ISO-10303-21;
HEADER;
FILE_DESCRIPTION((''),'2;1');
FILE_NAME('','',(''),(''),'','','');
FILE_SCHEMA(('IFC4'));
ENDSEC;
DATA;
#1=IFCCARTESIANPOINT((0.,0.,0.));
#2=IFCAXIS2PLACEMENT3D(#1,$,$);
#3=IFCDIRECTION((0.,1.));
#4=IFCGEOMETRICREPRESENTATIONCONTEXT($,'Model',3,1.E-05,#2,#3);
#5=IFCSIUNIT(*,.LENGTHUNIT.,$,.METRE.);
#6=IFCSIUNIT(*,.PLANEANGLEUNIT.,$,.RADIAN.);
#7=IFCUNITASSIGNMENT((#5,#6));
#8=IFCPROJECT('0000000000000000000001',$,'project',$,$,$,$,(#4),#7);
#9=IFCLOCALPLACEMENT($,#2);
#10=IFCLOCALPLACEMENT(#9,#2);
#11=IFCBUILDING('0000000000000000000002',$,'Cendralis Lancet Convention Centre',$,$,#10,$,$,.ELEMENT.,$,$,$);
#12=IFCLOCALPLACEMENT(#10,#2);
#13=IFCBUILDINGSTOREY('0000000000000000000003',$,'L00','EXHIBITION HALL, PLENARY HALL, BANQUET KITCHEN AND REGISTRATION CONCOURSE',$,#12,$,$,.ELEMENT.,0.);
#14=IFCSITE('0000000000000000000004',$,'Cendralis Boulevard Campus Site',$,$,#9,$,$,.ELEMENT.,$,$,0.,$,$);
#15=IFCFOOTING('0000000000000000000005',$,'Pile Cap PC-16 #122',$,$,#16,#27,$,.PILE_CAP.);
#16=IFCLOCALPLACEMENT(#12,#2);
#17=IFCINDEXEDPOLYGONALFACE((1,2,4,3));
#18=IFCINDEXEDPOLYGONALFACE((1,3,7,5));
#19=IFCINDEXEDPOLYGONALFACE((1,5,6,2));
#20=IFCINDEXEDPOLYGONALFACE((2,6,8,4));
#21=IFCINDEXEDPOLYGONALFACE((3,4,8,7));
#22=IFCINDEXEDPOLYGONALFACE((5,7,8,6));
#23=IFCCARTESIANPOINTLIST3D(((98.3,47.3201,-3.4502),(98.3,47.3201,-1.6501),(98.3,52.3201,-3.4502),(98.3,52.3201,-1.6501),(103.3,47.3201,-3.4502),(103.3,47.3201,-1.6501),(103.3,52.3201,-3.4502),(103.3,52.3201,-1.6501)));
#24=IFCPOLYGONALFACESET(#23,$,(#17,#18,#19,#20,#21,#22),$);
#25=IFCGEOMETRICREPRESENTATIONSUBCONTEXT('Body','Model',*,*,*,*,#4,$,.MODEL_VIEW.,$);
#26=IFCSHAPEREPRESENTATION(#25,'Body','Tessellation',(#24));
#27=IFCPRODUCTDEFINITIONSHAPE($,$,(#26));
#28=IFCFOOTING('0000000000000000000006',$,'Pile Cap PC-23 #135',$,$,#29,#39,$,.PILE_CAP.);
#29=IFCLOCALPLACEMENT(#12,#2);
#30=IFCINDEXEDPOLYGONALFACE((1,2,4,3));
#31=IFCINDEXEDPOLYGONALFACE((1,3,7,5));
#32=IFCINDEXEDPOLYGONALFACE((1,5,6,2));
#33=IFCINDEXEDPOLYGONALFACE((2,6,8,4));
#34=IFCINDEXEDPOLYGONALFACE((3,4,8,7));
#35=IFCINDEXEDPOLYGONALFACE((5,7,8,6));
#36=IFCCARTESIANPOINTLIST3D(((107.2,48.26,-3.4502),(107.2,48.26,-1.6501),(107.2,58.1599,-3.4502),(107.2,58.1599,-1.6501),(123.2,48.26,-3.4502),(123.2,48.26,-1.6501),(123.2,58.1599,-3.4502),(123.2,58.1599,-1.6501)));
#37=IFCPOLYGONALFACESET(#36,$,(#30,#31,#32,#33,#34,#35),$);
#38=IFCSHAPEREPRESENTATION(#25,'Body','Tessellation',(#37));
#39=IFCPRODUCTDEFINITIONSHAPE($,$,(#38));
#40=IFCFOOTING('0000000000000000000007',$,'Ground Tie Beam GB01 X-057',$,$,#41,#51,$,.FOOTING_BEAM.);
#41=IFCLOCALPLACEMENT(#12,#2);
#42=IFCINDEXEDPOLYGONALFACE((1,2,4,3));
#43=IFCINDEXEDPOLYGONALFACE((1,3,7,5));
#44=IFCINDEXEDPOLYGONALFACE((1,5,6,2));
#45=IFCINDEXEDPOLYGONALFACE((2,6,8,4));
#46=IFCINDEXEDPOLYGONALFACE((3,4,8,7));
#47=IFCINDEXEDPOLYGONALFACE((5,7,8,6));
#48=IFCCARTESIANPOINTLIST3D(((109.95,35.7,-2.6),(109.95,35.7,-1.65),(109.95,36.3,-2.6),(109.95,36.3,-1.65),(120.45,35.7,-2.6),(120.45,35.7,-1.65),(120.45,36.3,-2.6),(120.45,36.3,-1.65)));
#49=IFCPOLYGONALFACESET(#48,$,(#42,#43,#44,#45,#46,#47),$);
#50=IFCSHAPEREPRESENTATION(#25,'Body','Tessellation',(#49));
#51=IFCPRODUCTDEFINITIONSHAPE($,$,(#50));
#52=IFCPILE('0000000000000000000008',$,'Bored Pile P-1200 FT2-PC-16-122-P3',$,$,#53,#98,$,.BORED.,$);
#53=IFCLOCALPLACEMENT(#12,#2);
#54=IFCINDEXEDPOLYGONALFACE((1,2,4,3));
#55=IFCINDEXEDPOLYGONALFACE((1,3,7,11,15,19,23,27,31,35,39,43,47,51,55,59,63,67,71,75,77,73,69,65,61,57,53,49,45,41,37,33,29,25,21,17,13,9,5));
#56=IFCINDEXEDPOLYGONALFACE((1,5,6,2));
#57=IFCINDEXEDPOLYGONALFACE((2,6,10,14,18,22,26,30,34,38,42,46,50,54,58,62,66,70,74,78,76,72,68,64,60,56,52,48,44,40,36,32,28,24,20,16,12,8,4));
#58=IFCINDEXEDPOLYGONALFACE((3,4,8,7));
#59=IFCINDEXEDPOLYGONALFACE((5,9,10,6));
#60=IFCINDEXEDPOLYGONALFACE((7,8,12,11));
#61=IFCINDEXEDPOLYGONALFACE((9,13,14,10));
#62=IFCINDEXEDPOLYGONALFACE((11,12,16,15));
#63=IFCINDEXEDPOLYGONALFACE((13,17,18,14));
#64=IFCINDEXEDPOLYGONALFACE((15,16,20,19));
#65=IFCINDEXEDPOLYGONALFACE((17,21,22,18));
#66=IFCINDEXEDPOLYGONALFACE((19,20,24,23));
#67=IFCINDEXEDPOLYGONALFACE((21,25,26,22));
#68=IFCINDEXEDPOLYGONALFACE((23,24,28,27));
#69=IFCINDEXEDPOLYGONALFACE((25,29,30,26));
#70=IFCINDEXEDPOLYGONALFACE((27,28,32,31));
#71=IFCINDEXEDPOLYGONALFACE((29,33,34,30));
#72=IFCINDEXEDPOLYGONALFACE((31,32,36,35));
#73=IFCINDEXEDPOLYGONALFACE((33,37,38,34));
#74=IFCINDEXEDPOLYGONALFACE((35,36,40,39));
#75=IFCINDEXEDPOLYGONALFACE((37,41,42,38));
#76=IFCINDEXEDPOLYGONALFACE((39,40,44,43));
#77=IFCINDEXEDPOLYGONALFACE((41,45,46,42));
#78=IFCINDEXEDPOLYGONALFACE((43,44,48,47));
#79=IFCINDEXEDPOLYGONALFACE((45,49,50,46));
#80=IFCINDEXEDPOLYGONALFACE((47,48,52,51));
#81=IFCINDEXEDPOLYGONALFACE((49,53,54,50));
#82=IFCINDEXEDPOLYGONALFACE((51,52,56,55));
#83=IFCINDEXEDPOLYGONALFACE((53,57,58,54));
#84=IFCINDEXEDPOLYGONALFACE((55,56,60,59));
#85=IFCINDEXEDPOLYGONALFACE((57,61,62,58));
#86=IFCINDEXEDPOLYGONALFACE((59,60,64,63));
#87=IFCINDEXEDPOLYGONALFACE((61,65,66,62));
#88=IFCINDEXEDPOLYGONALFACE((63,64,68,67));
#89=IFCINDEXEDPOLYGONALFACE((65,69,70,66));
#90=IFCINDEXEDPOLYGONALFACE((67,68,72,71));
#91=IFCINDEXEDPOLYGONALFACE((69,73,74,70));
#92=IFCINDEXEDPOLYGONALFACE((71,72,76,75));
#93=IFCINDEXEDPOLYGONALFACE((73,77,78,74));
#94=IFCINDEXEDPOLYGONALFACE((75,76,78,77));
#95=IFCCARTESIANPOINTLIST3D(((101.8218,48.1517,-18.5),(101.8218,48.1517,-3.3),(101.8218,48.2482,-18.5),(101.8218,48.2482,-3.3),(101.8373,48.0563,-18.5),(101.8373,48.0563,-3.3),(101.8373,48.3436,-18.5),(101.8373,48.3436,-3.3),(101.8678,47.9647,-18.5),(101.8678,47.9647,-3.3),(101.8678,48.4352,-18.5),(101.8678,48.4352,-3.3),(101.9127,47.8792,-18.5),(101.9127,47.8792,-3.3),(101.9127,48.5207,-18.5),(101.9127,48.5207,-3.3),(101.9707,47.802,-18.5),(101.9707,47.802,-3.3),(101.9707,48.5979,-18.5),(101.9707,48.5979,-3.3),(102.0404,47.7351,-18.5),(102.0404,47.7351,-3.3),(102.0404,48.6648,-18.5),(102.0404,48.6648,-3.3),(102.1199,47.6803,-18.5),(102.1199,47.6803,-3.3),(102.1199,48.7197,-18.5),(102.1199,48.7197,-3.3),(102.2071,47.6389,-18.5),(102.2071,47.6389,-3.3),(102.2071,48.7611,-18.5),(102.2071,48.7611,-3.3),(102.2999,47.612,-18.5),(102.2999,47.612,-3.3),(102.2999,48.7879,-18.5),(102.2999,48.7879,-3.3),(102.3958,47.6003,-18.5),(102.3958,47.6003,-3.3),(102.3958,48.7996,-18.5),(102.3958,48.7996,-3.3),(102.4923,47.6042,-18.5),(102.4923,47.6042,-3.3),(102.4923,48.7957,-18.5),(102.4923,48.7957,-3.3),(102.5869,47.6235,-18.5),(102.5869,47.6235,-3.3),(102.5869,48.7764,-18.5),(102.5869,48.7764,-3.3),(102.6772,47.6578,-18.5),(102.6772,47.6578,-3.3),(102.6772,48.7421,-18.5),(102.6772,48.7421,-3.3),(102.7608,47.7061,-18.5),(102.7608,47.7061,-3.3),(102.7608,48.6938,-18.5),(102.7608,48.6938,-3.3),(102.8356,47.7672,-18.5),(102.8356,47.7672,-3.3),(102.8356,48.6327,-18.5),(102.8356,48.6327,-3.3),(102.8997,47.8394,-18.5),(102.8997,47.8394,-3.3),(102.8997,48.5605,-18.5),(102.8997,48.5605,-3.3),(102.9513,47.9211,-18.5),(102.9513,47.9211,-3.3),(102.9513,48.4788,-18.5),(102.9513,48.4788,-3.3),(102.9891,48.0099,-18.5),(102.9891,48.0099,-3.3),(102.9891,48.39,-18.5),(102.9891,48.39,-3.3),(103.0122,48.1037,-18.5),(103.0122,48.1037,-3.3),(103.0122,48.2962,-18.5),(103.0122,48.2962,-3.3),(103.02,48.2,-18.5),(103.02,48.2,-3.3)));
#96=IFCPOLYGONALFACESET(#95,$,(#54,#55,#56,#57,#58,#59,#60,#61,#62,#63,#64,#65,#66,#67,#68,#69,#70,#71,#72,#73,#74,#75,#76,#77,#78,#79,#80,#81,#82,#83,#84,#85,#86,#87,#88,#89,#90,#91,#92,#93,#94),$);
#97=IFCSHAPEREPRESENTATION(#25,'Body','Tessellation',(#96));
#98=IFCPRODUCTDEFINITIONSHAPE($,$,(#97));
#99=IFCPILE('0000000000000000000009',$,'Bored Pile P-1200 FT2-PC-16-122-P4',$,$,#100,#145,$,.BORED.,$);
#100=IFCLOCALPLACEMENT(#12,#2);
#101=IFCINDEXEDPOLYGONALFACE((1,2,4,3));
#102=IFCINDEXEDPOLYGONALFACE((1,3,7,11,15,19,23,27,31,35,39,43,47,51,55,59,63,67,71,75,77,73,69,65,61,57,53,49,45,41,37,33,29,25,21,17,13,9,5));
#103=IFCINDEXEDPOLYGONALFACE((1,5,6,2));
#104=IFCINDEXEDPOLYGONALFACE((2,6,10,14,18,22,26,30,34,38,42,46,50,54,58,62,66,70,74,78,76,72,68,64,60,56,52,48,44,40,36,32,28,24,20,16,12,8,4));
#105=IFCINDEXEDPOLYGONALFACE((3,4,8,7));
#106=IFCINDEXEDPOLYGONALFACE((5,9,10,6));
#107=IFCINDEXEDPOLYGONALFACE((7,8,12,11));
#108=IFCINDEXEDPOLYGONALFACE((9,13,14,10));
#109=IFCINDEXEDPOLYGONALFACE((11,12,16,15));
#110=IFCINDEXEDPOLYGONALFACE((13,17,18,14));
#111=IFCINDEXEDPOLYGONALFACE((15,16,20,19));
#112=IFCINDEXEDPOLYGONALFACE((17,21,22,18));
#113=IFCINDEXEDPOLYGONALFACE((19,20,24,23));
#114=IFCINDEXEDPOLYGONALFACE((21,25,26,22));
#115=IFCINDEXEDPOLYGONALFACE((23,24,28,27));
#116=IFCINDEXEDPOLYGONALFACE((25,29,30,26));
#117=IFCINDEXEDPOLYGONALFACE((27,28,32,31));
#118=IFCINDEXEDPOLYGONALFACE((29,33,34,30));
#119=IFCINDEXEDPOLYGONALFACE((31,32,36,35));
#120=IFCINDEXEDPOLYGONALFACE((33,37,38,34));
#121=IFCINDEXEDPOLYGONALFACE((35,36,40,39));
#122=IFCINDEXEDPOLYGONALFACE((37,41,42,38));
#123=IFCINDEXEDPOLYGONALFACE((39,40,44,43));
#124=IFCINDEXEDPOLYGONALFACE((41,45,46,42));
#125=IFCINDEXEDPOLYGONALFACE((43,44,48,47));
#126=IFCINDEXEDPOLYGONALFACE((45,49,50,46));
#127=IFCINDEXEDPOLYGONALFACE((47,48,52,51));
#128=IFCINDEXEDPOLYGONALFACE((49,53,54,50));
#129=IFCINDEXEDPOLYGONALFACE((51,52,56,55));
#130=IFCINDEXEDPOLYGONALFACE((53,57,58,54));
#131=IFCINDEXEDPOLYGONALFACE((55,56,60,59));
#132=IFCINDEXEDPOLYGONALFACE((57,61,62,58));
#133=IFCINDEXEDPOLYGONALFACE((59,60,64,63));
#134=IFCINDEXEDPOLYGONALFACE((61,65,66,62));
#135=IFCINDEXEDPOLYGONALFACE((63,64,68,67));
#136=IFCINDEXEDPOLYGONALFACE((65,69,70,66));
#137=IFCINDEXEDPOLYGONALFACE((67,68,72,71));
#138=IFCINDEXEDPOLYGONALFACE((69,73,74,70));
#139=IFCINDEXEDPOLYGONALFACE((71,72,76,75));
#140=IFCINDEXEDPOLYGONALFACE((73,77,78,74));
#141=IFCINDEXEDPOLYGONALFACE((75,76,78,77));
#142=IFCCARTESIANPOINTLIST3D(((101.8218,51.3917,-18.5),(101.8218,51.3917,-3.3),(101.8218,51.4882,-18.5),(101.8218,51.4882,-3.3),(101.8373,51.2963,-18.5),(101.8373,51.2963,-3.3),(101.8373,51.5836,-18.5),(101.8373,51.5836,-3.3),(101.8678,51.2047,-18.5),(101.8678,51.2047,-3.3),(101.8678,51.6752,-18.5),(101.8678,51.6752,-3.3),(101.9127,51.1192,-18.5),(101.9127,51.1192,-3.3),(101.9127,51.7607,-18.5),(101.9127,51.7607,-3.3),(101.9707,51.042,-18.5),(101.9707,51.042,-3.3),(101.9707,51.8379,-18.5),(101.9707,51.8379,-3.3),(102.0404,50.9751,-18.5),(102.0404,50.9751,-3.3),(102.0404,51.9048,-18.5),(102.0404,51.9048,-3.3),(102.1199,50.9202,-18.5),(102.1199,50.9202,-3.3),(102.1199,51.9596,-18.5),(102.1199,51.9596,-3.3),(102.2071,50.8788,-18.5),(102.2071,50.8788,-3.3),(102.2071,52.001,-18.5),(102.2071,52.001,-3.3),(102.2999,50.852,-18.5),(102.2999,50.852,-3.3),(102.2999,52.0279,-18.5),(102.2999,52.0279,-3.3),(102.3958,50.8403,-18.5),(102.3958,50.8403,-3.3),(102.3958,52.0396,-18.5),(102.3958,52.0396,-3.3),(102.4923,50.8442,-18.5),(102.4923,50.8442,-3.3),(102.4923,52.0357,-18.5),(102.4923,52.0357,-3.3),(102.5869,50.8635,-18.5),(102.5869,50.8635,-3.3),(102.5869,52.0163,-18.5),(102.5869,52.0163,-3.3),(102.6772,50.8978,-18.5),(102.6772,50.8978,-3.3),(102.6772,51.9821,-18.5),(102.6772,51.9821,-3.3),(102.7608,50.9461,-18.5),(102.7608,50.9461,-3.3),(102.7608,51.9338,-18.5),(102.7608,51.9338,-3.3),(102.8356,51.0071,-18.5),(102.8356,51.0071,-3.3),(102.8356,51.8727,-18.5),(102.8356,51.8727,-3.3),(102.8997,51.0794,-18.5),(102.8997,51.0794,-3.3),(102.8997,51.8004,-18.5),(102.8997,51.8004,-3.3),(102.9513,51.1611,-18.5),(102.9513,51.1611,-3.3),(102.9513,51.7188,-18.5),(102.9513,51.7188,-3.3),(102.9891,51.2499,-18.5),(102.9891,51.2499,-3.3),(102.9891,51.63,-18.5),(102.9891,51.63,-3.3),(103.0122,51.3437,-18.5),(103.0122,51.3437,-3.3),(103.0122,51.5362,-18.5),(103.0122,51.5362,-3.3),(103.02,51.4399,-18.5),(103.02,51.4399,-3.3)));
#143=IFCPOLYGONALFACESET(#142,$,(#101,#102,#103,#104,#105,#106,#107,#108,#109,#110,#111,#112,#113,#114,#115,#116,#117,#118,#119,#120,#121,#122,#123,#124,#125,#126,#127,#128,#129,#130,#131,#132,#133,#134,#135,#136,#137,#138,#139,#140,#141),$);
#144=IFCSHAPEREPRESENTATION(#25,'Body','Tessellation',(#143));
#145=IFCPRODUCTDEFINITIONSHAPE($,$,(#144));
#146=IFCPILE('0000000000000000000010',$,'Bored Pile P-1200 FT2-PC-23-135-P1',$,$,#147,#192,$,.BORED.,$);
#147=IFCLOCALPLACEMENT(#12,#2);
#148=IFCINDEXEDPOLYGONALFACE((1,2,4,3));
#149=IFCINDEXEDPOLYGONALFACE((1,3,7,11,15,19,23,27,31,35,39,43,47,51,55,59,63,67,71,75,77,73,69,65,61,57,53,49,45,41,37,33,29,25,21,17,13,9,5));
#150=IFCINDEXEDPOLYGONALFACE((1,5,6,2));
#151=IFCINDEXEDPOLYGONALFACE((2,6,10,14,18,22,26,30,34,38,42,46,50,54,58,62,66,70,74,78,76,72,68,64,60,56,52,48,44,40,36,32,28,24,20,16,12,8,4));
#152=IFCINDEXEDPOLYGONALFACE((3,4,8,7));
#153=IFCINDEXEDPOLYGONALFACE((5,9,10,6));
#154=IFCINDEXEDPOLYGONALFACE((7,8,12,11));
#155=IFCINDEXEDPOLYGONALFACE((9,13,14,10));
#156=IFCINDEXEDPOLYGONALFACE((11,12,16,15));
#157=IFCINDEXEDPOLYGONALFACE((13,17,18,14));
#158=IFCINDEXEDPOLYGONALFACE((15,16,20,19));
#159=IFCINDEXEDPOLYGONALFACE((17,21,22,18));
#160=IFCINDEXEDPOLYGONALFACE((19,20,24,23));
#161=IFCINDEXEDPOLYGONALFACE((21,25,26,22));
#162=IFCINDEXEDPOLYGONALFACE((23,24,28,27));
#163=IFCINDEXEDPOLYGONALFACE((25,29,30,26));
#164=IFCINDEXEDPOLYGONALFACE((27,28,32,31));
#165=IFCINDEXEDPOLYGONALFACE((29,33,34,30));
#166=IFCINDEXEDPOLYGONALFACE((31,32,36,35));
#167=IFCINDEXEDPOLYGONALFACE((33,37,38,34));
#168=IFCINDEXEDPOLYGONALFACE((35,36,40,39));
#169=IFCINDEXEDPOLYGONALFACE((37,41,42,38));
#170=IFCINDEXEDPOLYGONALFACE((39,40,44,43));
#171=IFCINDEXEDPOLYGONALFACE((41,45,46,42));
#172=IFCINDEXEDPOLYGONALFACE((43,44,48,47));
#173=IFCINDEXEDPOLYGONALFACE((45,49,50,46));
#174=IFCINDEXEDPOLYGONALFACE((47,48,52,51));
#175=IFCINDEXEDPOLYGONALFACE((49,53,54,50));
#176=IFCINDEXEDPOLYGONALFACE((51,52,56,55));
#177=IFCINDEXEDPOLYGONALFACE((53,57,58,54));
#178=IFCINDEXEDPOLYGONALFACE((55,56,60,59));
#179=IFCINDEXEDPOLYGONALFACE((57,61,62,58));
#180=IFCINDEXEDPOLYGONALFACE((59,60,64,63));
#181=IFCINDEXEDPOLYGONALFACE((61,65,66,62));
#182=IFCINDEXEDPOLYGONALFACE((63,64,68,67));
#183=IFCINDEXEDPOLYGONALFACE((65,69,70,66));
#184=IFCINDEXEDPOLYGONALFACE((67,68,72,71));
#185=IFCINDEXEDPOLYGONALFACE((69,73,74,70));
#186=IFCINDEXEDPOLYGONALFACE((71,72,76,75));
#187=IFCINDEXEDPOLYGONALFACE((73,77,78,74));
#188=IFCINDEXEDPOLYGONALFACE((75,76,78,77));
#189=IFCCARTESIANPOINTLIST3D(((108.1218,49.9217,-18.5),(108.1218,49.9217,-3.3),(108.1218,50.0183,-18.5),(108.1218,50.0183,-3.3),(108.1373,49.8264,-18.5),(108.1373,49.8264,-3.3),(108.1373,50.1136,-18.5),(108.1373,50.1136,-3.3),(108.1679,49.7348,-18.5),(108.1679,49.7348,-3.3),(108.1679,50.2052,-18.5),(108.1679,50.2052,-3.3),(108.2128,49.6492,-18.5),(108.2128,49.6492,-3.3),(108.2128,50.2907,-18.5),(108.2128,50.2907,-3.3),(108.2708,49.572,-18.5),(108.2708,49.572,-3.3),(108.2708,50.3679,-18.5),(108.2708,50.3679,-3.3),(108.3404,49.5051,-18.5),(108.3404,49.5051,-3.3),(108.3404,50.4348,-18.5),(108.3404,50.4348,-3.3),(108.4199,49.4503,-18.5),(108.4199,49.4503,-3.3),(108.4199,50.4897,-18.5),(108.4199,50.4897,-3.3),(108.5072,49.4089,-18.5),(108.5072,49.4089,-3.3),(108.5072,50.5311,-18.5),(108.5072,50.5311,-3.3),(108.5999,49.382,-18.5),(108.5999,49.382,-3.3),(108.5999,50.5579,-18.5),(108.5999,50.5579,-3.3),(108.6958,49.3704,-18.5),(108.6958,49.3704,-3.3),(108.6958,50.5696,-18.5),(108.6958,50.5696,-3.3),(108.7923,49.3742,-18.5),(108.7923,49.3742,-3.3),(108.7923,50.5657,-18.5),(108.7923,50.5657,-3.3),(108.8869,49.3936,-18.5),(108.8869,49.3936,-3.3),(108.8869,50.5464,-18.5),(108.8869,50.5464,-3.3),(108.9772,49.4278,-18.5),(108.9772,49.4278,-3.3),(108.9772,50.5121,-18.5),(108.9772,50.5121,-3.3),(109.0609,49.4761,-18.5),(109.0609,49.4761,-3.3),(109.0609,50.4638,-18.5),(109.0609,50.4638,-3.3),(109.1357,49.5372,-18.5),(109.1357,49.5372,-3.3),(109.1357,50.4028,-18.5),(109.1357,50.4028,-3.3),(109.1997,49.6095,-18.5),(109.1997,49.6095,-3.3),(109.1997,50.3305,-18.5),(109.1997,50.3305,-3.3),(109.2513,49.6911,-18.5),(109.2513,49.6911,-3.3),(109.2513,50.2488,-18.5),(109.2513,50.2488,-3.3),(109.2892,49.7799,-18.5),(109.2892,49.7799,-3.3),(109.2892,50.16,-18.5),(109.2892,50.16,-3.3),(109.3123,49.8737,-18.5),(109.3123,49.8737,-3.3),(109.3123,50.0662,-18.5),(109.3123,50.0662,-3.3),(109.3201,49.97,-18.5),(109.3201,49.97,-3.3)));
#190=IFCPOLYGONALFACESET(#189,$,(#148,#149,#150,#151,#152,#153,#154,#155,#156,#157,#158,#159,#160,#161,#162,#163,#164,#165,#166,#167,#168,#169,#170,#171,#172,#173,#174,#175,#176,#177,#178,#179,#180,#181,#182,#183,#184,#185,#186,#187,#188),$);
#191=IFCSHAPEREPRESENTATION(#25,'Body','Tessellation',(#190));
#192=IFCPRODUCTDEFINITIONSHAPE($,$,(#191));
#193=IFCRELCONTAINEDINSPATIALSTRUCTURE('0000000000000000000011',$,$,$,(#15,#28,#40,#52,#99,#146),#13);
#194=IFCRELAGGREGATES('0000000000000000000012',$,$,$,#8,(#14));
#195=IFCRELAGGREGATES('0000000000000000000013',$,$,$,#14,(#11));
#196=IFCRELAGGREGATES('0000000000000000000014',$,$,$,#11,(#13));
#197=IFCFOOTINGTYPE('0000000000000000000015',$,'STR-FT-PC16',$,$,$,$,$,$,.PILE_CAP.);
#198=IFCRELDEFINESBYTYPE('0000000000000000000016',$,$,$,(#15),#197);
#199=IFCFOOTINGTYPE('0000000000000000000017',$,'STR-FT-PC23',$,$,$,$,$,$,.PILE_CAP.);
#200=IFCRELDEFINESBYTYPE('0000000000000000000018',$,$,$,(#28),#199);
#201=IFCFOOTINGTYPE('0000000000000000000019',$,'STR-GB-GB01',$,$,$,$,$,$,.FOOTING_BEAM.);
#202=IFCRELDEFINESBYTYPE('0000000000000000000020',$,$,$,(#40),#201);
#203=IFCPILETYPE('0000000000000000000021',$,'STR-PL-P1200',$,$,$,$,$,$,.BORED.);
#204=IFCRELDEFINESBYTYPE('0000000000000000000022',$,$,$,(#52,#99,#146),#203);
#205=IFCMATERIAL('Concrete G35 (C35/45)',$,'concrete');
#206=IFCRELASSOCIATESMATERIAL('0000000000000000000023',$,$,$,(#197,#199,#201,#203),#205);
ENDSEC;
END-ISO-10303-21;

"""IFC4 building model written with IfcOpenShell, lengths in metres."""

from ifc_helpers import new_model, si_unit, direction, frame, origin, origin_2d, place, context, subcontext, project, spatial, rectangle, circle, extrude, material, material_profile, profile_set, type_object, element, save


model = new_model("IFC4")

# Units and contexts
model_context = context("Model", 3, precision=1e-05, world=origin(), true_north=direction((0.0, 1.0)))
body_context = subcontext(model_context, "Body", "Model", "MODEL_VIEW")
ifc_project = project(units=[si_unit("LENGTHUNIT", "METRE"), si_unit("PLANEANGLEUNIT", "RADIAN")], contexts=[model_context])

# Site, building, storey
site_placement = place(None, origin())
site = spatial("IfcSite", under=ifc_project, at=site_placement, Name="Cendralis Boulevard Campus Site", CompositionType="ELEMENT", RefElevation=0.0)
building_placement = place(site_placement, origin())
building = spatial("IfcBuilding", under=site, at=building_placement, Name="Cendralis Lancet Convention Centre", CompositionType="ELEMENT")
storey_placement = place(building_placement, origin())
storey = spatial("IfcBuildingStorey", under=building, at=storey_placement, Name="L00", Description="EXHIBITION HALL, PLENARY HALL, BANQUET KITCHEN AND REGISTRATION CONCOURSE", CompositionType="ELEMENT", Elevation=0.0)

# Footings
ifc_material_1 = material(Name="Concrete G35 (C35/45)", Category="concrete")
footing_type_1 = type_object("IfcFootingType", Name="STR-FT-PC16", PredefinedType="PILE_CAP", material=ifc_material_1)
footing_1_placement = place(storey_placement, frame((100.8, 49.8201, -3.4502), z_axis=(0.0, 0.0, 1.0), x_axis=(1.0, 0.0, 0.0)))
element("IfcFooting", 1, at=footing_1_placement, inside=storey, type_object=footing_type_1, Name="Pile Cap PC-16 #122", PredefinedType="PILE_CAP", context=body_context, shape_type="SweptSolid", body=[
    extrude(rectangle(XDim=5.0, YDim=5.0, at=origin_2d()), origin(), (0.0, 0.0, 1.0), 1.8),
])
footing_type_2 = type_object("IfcFootingType", Name="STR-FT-PC23", PredefinedType="PILE_CAP", material=ifc_material_1)
footing_2_placement = place(storey_placement, frame((115.2, 53.21, -3.4502), z_axis=(0.0, 0.0, 1.0), x_axis=(1.0, 0.0, 0.0)))
element("IfcFooting", 2, at=footing_2_placement, inside=storey, type_object=footing_type_2, Name="Pile Cap PC-23 #135", PredefinedType="PILE_CAP", context=body_context, shape_type="SweptSolid", body=[
    extrude(rectangle(XDim=16.0, YDim=9.8999, at=origin_2d()), origin(), (0.0, 0.0, 1.0), 1.8),
])
ifc_material_profile_1 = material_profile(ifc_material_1, rectangle(XDim=0.6001, YDim=0.95, at=origin_2d()), Name="RCB 600x950")
ifc_profile_set_1 = profile_set([ifc_material_profile_1], Name="Concrete G35 (C35/45)")
footing_type_3 = type_object("IfcFootingType", Name="STR-GB-GB01", PredefinedType="FOOTING_BEAM", material=ifc_profile_set_1)
footing_3_placement = place(storey_placement, frame((109.95, 36.0, -2.125), z_axis=(1.0, 0.0, 0.0), x_axis=(0.0, 1.0, 0.0)))
element("IfcFooting", 3, at=footing_3_placement, inside=storey, type_object=footing_type_3, Name="Ground Tie Beam GB01 X-057", PredefinedType="FOOTING_BEAM", context=body_context, shape_type="SweptSolid", body=[
    extrude(rectangle(XDim=0.6001, YDim=0.95, at=origin_2d()), origin(), (0.0, 0.0, 1.0), 10.5),
])

# Piles
ifc_material_profile_2 = material_profile(ifc_material_1, circle(Radius=0.6001, at=origin_2d()), Name="BORED PILE D1200")
ifc_profile_set_2 = profile_set([ifc_material_profile_2], Name="Concrete G35 (C35/45)")
pile_type_1 = type_object("IfcPileType", Name="STR-PL-P1200", PredefinedType="BORED", material=ifc_profile_set_2)
for number, where, z_axis, x_axis, name in (
    (4, (102.4199, 48.2, -3.3), (0.0, 0.0, -1.0), (1.0, 0.0, 0.0), "Bored Pile P-1200 FT2-PC-16-122-P3"),
    (5, (102.4199, 51.4399, -3.3), (0.0, 0.0, -1.0), (1.0, 0.0, 0.0), "Bored Pile P-1200 FT2-PC-16-122-P4"),
    (6, (108.72, 49.97, -3.3), (0.0, 0.0, -1.0), (1.0, 0.0, 0.0), "Bored Pile P-1200 FT2-PC-23-135-P1"),
):
    element("IfcPile", number, at=place(storey_placement, frame(where, z_axis=z_axis, x_axis=x_axis)), inside=storey, type_object=pile_type_1, Name=name, PredefinedType="BORED", context=body_context, shape_type="SweptSolid", body=[
        extrude(circle(Radius=0.6001, at=origin_2d()), origin(), (0.0, 0.0, 1.0), 15.2),
    ])

save(model, "model.ifc")
